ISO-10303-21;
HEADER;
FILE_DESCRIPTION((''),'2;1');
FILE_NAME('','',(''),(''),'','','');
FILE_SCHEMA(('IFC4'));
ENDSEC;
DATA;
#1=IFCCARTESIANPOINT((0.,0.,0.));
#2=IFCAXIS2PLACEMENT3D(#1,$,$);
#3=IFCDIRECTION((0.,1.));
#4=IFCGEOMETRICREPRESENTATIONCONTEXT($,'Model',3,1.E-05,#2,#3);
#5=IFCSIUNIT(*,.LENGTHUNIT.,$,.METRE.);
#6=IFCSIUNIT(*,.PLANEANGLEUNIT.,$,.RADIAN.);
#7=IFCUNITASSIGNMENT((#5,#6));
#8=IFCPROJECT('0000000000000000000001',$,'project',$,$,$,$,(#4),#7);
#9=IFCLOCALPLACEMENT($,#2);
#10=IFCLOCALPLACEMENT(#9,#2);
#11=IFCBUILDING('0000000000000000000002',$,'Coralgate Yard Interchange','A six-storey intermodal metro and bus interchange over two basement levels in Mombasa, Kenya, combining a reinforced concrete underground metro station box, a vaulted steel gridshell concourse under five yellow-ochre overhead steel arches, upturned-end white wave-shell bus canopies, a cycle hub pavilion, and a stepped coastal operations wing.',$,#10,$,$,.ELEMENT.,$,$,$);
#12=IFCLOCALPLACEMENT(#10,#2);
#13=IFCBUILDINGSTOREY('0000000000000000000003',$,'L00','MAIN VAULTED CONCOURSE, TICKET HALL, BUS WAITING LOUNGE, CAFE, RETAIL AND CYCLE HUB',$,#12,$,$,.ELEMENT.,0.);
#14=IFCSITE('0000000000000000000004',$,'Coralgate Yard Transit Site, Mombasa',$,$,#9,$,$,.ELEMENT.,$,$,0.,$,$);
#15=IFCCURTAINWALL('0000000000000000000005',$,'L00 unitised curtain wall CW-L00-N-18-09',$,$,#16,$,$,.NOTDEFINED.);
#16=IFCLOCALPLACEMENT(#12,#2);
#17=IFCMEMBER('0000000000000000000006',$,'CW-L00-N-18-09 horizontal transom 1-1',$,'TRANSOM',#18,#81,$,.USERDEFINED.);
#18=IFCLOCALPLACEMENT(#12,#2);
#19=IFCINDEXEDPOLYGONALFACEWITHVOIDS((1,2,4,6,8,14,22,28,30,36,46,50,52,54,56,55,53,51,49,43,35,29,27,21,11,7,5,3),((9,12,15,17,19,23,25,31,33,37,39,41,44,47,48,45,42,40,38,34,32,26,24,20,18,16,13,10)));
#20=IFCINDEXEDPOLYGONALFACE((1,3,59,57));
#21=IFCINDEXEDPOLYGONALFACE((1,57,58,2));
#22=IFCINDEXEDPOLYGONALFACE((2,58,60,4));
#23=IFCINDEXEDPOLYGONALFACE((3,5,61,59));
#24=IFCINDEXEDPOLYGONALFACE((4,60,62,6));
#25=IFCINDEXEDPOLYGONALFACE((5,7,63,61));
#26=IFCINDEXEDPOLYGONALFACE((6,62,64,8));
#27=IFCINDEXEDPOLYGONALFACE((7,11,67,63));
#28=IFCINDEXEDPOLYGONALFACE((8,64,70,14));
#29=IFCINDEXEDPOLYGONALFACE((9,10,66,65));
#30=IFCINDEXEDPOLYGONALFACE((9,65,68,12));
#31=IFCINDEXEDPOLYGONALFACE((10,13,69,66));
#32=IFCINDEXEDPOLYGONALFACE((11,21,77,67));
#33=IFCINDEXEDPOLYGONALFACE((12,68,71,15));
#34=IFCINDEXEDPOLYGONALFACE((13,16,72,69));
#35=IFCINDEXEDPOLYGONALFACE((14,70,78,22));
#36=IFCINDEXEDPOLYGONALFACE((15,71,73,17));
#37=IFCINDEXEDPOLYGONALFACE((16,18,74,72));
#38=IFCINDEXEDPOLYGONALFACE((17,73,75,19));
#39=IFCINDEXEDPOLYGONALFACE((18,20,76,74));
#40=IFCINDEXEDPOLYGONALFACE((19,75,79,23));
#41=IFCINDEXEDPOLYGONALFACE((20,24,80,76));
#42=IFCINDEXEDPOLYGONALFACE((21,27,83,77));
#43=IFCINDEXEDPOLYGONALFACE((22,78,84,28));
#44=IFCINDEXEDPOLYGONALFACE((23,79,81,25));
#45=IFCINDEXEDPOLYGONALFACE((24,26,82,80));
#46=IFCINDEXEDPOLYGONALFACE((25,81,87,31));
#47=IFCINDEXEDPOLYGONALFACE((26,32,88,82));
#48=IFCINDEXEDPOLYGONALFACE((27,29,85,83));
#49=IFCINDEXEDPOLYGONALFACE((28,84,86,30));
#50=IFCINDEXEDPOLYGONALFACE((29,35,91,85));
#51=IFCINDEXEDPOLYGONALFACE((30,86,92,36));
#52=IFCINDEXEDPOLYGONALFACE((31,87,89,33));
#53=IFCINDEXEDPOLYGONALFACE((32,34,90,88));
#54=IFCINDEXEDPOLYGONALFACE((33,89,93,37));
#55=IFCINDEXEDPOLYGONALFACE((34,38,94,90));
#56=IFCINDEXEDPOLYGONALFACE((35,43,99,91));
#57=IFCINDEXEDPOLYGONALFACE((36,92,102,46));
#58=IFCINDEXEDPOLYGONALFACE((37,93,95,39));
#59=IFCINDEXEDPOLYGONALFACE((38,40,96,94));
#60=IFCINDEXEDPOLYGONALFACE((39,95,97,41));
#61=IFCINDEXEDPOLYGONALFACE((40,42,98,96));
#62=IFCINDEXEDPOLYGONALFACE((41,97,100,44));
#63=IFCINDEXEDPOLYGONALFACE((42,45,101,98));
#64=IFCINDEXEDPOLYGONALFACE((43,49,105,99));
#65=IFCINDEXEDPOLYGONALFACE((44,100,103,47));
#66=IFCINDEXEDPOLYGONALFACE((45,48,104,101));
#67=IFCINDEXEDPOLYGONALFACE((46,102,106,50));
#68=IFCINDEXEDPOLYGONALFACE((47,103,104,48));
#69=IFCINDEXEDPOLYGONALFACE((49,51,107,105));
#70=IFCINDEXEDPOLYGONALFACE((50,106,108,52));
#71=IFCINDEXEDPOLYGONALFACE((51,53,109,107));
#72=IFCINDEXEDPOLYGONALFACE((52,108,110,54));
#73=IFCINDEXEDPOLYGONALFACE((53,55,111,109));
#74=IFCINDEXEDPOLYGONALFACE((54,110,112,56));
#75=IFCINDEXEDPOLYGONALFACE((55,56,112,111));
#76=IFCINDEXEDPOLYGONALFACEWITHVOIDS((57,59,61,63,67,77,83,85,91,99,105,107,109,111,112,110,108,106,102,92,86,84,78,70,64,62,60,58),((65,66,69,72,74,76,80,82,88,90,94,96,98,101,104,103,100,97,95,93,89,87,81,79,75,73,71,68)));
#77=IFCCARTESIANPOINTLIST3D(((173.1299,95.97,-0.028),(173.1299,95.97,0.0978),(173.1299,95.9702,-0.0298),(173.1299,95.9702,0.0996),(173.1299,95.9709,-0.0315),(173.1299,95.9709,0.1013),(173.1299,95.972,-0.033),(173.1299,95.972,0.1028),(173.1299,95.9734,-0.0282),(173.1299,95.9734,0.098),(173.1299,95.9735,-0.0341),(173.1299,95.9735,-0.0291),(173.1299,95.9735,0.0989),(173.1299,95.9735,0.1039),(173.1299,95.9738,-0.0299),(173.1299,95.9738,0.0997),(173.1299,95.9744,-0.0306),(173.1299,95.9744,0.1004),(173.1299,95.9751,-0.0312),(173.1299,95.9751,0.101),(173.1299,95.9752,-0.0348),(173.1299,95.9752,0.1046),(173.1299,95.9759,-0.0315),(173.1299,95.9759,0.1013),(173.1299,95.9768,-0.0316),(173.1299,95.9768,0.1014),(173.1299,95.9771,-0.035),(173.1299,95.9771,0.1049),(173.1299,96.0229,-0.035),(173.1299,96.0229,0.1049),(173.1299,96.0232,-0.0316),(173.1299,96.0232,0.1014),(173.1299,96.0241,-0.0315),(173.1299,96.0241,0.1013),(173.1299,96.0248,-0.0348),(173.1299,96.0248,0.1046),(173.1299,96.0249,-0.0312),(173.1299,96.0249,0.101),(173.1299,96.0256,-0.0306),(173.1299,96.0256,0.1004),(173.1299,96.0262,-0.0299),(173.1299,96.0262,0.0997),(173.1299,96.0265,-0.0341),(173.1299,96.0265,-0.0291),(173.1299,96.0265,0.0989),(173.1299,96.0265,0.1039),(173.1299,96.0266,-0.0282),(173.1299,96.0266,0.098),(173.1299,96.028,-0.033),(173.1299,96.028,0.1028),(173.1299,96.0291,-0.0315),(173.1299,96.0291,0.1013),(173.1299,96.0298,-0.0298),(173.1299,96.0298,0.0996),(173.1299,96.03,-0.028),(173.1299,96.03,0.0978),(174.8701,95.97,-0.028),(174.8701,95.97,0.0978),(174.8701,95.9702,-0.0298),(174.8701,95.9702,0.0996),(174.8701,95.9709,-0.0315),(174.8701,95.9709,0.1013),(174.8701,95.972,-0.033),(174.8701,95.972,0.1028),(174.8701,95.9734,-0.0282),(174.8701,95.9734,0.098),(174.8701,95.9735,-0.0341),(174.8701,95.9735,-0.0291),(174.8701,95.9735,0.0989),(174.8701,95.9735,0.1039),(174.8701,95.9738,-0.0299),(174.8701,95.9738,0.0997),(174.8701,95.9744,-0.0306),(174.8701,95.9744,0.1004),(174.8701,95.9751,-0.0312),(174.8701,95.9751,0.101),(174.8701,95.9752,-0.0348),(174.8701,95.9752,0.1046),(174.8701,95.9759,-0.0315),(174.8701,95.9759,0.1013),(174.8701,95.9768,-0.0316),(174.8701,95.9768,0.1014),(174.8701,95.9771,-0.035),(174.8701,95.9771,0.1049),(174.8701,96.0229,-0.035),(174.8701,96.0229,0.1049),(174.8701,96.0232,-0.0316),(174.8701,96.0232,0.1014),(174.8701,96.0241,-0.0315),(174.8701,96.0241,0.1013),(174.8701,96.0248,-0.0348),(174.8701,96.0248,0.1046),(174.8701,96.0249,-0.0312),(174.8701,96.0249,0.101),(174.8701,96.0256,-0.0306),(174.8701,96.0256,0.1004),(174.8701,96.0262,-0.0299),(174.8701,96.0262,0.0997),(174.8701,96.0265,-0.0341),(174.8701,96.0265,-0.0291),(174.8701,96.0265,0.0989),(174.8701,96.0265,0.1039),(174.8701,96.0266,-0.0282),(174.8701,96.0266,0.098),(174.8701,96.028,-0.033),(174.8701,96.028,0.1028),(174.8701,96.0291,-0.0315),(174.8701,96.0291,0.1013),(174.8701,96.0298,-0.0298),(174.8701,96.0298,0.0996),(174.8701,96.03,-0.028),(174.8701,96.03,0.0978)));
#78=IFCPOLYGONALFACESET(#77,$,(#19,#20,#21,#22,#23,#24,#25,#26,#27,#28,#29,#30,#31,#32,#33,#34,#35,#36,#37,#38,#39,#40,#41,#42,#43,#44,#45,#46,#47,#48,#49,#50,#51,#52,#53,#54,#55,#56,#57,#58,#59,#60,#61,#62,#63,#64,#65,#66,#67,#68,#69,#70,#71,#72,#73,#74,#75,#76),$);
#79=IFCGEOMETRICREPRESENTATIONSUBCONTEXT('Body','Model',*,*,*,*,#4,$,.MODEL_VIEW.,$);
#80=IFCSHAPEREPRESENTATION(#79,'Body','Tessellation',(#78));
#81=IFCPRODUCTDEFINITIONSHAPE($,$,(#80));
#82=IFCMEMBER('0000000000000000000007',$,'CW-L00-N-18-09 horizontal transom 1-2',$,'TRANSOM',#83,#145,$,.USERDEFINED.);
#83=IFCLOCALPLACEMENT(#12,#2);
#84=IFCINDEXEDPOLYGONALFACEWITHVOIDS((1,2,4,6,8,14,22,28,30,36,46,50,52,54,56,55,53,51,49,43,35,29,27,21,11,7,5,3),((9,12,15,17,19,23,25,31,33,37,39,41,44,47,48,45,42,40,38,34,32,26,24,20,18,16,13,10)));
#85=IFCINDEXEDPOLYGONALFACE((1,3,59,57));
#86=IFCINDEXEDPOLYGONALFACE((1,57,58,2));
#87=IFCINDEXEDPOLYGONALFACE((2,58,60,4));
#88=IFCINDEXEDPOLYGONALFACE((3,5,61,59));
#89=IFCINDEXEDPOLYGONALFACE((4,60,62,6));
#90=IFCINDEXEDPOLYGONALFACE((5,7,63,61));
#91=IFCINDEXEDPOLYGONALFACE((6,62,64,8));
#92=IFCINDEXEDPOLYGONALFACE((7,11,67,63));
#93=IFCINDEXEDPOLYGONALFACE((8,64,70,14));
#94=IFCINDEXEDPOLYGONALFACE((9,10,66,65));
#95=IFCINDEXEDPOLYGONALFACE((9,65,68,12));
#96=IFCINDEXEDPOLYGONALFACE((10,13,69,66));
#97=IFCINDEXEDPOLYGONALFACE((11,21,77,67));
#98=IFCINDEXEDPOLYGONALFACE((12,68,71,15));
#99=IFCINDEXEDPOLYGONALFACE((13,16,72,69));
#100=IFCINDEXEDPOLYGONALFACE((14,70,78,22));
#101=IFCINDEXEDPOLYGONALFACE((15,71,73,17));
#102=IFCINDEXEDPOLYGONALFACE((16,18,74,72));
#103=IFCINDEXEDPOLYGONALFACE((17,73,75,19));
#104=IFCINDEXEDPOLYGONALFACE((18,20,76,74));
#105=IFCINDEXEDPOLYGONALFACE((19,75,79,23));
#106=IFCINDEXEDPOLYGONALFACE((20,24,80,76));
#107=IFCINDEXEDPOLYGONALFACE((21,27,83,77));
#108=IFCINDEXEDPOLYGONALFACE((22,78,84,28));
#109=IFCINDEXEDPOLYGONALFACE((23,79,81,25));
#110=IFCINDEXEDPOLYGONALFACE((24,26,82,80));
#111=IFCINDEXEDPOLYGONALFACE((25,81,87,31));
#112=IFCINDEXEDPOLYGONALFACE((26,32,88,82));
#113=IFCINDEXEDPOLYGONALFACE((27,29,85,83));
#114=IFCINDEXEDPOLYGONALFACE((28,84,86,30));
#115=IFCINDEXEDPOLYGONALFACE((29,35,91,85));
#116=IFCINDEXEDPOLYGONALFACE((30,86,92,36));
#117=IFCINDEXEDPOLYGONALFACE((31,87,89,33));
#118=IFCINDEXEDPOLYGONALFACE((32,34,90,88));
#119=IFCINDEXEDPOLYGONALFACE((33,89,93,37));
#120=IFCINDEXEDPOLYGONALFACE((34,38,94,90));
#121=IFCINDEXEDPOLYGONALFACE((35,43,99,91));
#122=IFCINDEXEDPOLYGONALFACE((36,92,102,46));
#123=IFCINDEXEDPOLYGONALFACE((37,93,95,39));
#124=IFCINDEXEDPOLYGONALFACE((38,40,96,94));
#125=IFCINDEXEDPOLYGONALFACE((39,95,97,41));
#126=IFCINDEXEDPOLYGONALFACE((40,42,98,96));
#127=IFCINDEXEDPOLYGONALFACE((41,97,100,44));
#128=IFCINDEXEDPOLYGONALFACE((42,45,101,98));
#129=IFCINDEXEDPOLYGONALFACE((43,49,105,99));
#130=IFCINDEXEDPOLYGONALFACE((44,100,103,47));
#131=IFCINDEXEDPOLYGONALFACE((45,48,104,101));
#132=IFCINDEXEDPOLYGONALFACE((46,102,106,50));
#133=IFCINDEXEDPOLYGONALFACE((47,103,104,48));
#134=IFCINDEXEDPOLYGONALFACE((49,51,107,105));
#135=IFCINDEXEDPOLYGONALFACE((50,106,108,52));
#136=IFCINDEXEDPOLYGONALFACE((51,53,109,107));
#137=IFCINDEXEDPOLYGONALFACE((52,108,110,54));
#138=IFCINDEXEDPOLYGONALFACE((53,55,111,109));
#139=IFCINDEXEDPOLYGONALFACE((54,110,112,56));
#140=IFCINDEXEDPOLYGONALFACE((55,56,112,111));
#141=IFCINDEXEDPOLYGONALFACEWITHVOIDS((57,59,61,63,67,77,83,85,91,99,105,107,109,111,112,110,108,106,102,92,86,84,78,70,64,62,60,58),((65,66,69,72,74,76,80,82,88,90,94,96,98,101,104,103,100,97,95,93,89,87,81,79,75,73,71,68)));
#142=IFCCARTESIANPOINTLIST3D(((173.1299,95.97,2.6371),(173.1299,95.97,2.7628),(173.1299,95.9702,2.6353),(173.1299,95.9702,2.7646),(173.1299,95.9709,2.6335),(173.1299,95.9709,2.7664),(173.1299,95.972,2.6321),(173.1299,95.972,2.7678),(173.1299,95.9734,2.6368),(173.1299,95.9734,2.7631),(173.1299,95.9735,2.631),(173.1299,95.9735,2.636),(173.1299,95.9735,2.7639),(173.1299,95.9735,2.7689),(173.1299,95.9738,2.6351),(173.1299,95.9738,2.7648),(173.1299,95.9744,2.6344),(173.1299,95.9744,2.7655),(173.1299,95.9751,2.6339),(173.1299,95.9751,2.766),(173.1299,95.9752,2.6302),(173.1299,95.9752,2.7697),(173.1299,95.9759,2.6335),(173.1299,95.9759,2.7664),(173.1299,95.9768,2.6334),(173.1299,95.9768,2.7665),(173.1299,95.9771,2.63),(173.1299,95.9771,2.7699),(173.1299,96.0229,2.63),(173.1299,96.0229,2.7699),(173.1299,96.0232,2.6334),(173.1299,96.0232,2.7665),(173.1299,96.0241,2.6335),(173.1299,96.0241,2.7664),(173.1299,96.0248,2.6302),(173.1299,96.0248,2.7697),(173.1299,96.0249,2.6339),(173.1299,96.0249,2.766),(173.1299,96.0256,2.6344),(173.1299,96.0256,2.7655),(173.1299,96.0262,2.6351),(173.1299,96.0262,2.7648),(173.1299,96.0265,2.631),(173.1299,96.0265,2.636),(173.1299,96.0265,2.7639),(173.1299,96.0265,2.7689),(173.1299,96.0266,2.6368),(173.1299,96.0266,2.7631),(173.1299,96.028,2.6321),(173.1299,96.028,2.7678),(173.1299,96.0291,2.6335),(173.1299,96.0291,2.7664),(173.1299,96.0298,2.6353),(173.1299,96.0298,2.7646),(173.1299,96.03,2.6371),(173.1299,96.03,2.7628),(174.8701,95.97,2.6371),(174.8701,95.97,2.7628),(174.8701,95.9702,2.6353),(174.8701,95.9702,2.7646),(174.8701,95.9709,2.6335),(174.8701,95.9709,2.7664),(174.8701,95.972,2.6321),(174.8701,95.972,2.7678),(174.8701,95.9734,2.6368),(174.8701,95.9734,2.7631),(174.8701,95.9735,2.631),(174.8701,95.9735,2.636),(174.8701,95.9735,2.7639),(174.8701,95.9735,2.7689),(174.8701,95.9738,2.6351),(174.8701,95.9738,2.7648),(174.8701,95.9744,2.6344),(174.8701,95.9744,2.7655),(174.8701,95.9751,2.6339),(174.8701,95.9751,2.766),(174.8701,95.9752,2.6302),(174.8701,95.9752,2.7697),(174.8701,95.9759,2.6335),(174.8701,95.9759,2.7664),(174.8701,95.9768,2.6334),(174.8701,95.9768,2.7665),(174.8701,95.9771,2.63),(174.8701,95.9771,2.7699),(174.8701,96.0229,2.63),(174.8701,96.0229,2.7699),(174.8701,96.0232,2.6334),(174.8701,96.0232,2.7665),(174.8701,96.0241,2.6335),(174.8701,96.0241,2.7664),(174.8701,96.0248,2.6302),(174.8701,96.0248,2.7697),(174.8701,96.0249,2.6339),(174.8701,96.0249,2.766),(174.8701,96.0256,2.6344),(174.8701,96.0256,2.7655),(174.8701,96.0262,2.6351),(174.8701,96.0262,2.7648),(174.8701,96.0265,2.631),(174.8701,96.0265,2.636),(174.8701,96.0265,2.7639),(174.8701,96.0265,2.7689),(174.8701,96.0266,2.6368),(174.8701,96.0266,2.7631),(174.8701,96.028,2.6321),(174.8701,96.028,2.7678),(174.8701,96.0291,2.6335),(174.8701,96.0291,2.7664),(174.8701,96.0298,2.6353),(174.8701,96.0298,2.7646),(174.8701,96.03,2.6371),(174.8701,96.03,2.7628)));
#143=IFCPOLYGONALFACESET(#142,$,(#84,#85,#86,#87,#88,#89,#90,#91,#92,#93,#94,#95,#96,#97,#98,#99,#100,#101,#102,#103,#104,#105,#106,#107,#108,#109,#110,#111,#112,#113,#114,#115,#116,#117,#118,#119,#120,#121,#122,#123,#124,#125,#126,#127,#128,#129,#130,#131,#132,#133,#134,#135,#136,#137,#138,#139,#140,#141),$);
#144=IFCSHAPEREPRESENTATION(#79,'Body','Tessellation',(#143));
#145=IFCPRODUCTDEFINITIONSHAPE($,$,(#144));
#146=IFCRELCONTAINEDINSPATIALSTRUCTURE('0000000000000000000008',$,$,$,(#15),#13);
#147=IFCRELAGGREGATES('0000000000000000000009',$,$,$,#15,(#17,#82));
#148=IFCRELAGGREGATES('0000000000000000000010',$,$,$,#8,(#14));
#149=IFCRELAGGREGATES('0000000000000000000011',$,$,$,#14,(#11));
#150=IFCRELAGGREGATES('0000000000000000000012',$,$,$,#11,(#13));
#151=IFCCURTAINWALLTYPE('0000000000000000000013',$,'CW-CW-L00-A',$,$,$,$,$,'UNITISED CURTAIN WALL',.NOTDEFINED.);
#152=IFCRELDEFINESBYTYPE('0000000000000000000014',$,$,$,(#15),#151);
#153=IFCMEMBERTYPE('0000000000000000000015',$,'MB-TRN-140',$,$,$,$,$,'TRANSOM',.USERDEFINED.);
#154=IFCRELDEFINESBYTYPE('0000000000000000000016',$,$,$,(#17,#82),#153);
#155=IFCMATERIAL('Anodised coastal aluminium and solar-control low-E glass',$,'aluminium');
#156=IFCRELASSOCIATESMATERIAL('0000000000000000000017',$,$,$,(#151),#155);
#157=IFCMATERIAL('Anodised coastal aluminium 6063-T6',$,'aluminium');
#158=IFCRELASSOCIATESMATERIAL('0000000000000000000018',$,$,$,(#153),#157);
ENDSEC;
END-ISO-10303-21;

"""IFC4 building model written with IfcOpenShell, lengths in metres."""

from ifc_helpers import new_model, si_unit, direction, frame, origin, origin_2d, place, context, subcontext, project, spatial, hollow_rectangle, extrude, material, material_profile, profile_set, type_object, element, aggregate, save


model = new_model("IFC4")

# Units and contexts
model_context = context("Model", 3, precision=1e-05, world=origin(), true_north=direction((0.0, 1.0)))
body_context = subcontext(model_context, "Body", "Model", "MODEL_VIEW")
ifc_project = project(units=[si_unit("LENGTHUNIT", "METRE"), si_unit("PLANEANGLEUNIT", "RADIAN")], contexts=[model_context])

# Site, building, storey
site_placement = place(None, origin())
site = spatial("IfcSite", under=ifc_project, at=site_placement, Name="Coralgate Yard Transit Site, Mombasa", CompositionType="ELEMENT", RefElevation=0.0)
building_placement = place(site_placement, origin())
building = spatial("IfcBuilding", under=site, at=building_placement, Name="Coralgate Yard Interchange", Description="A six-storey intermodal metro and bus interchange over two basement levels in Mombasa, Kenya, combining a reinforced concrete underground metro station box, a vaulted steel gridshell concourse under five yellow-ochre overhead steel arches, upturned-end white wave-shell bus canopies, a cycle hub pavilion, and a stepped coastal operations wing.", CompositionType="ELEMENT")
storey_placement = place(building_placement, origin())
storey = spatial("IfcBuildingStorey", under=building, at=storey_placement, Name="L00", Description="MAIN VAULTED CONCOURSE, TICKET HALL, BUS WAITING LOUNGE, CAFE, RETAIL AND CYCLE HUB", CompositionType="ELEMENT", Elevation=0.0)

# Curtain wall, members
ifc_material_1 = material(Name="Anodised coastal aluminium and solar-control low-E glass", Category="aluminium")
curtain_wall_type = type_object("IfcCurtainWallType", Name="CW-CW-L00-A", ElementType="UNITISED CURTAIN WALL", PredefinedType="NOTDEFINED", material=ifc_material_1)
curtain_wall_placement = place(storey_placement, origin())
curtain_wall = element("IfcCurtainWall", 1, at=curtain_wall_placement, inside=storey, type_object=curtain_wall_type, Name="L00 unitised curtain wall CW-L00-N-18-09", PredefinedType="NOTDEFINED")
ifc_material_2 = material(Name="Anodised coastal aluminium 6063-T6", Category="aluminium")
ifc_material_profile_1 = material_profile(ifc_material_2, hollow_rectangle(XDim=0.0601, YDim=0.1399, WallThickness=0.0034, InnerFilletRadius=0.0034, OuterFilletRadius=0.0071, at=origin_2d()), Name="ALU 60x140x3.5")
ifc_profile_set_1 = profile_set([ifc_material_profile_1], Name="Anodised coastal aluminium 6063-T6")
member_type_1 = type_object("IfcMemberType", Name="MB-TRN-140", ElementType="TRANSOM", PredefinedType="USERDEFINED", material=ifc_profile_set_1)
member_1_placement = place(storey_placement, frame((173.1299, 96.0, 0.0349), z_axis=(1.0, 0.0, 0.0), x_axis=(0.0, 1.0, 0.0)))
member_1 = element("IfcMember", 2, at=member_1_placement, type_object=member_type_1, Name="CW-L00-N-18-09 horizontal transom 1-1", ObjectType="TRANSOM", PredefinedType="USERDEFINED", context=body_context, shape_type="SweptSolid", body=[
    extrude(hollow_rectangle(XDim=0.0601, YDim=0.1399, WallThickness=0.0034, InnerFilletRadius=0.0034, OuterFilletRadius=0.0071, at=origin_2d()), origin(), (0.0, 0.0, 1.0), 1.7402),
])
member_2_placement = place(storey_placement, frame((173.1299, 96.0, 2.7), z_axis=(1.0, 0.0, 0.0), x_axis=(0.0, 1.0, 0.0)))
member_2 = element("IfcMember", 3, at=member_2_placement, type_object=member_type_1, Name="CW-L00-N-18-09 horizontal transom 1-2", ObjectType="TRANSOM", PredefinedType="USERDEFINED", context=body_context, shape_type="SweptSolid", body=[
    extrude(hollow_rectangle(XDim=0.0601, YDim=0.1399, WallThickness=0.0034, InnerFilletRadius=0.0034, OuterFilletRadius=0.0071, at=origin_2d()), origin(), (0.0, 0.0, 1.0), 1.7402),
])
aggregate(curtain_wall, [member_1, member_2])

save(model, "model.ifc")
